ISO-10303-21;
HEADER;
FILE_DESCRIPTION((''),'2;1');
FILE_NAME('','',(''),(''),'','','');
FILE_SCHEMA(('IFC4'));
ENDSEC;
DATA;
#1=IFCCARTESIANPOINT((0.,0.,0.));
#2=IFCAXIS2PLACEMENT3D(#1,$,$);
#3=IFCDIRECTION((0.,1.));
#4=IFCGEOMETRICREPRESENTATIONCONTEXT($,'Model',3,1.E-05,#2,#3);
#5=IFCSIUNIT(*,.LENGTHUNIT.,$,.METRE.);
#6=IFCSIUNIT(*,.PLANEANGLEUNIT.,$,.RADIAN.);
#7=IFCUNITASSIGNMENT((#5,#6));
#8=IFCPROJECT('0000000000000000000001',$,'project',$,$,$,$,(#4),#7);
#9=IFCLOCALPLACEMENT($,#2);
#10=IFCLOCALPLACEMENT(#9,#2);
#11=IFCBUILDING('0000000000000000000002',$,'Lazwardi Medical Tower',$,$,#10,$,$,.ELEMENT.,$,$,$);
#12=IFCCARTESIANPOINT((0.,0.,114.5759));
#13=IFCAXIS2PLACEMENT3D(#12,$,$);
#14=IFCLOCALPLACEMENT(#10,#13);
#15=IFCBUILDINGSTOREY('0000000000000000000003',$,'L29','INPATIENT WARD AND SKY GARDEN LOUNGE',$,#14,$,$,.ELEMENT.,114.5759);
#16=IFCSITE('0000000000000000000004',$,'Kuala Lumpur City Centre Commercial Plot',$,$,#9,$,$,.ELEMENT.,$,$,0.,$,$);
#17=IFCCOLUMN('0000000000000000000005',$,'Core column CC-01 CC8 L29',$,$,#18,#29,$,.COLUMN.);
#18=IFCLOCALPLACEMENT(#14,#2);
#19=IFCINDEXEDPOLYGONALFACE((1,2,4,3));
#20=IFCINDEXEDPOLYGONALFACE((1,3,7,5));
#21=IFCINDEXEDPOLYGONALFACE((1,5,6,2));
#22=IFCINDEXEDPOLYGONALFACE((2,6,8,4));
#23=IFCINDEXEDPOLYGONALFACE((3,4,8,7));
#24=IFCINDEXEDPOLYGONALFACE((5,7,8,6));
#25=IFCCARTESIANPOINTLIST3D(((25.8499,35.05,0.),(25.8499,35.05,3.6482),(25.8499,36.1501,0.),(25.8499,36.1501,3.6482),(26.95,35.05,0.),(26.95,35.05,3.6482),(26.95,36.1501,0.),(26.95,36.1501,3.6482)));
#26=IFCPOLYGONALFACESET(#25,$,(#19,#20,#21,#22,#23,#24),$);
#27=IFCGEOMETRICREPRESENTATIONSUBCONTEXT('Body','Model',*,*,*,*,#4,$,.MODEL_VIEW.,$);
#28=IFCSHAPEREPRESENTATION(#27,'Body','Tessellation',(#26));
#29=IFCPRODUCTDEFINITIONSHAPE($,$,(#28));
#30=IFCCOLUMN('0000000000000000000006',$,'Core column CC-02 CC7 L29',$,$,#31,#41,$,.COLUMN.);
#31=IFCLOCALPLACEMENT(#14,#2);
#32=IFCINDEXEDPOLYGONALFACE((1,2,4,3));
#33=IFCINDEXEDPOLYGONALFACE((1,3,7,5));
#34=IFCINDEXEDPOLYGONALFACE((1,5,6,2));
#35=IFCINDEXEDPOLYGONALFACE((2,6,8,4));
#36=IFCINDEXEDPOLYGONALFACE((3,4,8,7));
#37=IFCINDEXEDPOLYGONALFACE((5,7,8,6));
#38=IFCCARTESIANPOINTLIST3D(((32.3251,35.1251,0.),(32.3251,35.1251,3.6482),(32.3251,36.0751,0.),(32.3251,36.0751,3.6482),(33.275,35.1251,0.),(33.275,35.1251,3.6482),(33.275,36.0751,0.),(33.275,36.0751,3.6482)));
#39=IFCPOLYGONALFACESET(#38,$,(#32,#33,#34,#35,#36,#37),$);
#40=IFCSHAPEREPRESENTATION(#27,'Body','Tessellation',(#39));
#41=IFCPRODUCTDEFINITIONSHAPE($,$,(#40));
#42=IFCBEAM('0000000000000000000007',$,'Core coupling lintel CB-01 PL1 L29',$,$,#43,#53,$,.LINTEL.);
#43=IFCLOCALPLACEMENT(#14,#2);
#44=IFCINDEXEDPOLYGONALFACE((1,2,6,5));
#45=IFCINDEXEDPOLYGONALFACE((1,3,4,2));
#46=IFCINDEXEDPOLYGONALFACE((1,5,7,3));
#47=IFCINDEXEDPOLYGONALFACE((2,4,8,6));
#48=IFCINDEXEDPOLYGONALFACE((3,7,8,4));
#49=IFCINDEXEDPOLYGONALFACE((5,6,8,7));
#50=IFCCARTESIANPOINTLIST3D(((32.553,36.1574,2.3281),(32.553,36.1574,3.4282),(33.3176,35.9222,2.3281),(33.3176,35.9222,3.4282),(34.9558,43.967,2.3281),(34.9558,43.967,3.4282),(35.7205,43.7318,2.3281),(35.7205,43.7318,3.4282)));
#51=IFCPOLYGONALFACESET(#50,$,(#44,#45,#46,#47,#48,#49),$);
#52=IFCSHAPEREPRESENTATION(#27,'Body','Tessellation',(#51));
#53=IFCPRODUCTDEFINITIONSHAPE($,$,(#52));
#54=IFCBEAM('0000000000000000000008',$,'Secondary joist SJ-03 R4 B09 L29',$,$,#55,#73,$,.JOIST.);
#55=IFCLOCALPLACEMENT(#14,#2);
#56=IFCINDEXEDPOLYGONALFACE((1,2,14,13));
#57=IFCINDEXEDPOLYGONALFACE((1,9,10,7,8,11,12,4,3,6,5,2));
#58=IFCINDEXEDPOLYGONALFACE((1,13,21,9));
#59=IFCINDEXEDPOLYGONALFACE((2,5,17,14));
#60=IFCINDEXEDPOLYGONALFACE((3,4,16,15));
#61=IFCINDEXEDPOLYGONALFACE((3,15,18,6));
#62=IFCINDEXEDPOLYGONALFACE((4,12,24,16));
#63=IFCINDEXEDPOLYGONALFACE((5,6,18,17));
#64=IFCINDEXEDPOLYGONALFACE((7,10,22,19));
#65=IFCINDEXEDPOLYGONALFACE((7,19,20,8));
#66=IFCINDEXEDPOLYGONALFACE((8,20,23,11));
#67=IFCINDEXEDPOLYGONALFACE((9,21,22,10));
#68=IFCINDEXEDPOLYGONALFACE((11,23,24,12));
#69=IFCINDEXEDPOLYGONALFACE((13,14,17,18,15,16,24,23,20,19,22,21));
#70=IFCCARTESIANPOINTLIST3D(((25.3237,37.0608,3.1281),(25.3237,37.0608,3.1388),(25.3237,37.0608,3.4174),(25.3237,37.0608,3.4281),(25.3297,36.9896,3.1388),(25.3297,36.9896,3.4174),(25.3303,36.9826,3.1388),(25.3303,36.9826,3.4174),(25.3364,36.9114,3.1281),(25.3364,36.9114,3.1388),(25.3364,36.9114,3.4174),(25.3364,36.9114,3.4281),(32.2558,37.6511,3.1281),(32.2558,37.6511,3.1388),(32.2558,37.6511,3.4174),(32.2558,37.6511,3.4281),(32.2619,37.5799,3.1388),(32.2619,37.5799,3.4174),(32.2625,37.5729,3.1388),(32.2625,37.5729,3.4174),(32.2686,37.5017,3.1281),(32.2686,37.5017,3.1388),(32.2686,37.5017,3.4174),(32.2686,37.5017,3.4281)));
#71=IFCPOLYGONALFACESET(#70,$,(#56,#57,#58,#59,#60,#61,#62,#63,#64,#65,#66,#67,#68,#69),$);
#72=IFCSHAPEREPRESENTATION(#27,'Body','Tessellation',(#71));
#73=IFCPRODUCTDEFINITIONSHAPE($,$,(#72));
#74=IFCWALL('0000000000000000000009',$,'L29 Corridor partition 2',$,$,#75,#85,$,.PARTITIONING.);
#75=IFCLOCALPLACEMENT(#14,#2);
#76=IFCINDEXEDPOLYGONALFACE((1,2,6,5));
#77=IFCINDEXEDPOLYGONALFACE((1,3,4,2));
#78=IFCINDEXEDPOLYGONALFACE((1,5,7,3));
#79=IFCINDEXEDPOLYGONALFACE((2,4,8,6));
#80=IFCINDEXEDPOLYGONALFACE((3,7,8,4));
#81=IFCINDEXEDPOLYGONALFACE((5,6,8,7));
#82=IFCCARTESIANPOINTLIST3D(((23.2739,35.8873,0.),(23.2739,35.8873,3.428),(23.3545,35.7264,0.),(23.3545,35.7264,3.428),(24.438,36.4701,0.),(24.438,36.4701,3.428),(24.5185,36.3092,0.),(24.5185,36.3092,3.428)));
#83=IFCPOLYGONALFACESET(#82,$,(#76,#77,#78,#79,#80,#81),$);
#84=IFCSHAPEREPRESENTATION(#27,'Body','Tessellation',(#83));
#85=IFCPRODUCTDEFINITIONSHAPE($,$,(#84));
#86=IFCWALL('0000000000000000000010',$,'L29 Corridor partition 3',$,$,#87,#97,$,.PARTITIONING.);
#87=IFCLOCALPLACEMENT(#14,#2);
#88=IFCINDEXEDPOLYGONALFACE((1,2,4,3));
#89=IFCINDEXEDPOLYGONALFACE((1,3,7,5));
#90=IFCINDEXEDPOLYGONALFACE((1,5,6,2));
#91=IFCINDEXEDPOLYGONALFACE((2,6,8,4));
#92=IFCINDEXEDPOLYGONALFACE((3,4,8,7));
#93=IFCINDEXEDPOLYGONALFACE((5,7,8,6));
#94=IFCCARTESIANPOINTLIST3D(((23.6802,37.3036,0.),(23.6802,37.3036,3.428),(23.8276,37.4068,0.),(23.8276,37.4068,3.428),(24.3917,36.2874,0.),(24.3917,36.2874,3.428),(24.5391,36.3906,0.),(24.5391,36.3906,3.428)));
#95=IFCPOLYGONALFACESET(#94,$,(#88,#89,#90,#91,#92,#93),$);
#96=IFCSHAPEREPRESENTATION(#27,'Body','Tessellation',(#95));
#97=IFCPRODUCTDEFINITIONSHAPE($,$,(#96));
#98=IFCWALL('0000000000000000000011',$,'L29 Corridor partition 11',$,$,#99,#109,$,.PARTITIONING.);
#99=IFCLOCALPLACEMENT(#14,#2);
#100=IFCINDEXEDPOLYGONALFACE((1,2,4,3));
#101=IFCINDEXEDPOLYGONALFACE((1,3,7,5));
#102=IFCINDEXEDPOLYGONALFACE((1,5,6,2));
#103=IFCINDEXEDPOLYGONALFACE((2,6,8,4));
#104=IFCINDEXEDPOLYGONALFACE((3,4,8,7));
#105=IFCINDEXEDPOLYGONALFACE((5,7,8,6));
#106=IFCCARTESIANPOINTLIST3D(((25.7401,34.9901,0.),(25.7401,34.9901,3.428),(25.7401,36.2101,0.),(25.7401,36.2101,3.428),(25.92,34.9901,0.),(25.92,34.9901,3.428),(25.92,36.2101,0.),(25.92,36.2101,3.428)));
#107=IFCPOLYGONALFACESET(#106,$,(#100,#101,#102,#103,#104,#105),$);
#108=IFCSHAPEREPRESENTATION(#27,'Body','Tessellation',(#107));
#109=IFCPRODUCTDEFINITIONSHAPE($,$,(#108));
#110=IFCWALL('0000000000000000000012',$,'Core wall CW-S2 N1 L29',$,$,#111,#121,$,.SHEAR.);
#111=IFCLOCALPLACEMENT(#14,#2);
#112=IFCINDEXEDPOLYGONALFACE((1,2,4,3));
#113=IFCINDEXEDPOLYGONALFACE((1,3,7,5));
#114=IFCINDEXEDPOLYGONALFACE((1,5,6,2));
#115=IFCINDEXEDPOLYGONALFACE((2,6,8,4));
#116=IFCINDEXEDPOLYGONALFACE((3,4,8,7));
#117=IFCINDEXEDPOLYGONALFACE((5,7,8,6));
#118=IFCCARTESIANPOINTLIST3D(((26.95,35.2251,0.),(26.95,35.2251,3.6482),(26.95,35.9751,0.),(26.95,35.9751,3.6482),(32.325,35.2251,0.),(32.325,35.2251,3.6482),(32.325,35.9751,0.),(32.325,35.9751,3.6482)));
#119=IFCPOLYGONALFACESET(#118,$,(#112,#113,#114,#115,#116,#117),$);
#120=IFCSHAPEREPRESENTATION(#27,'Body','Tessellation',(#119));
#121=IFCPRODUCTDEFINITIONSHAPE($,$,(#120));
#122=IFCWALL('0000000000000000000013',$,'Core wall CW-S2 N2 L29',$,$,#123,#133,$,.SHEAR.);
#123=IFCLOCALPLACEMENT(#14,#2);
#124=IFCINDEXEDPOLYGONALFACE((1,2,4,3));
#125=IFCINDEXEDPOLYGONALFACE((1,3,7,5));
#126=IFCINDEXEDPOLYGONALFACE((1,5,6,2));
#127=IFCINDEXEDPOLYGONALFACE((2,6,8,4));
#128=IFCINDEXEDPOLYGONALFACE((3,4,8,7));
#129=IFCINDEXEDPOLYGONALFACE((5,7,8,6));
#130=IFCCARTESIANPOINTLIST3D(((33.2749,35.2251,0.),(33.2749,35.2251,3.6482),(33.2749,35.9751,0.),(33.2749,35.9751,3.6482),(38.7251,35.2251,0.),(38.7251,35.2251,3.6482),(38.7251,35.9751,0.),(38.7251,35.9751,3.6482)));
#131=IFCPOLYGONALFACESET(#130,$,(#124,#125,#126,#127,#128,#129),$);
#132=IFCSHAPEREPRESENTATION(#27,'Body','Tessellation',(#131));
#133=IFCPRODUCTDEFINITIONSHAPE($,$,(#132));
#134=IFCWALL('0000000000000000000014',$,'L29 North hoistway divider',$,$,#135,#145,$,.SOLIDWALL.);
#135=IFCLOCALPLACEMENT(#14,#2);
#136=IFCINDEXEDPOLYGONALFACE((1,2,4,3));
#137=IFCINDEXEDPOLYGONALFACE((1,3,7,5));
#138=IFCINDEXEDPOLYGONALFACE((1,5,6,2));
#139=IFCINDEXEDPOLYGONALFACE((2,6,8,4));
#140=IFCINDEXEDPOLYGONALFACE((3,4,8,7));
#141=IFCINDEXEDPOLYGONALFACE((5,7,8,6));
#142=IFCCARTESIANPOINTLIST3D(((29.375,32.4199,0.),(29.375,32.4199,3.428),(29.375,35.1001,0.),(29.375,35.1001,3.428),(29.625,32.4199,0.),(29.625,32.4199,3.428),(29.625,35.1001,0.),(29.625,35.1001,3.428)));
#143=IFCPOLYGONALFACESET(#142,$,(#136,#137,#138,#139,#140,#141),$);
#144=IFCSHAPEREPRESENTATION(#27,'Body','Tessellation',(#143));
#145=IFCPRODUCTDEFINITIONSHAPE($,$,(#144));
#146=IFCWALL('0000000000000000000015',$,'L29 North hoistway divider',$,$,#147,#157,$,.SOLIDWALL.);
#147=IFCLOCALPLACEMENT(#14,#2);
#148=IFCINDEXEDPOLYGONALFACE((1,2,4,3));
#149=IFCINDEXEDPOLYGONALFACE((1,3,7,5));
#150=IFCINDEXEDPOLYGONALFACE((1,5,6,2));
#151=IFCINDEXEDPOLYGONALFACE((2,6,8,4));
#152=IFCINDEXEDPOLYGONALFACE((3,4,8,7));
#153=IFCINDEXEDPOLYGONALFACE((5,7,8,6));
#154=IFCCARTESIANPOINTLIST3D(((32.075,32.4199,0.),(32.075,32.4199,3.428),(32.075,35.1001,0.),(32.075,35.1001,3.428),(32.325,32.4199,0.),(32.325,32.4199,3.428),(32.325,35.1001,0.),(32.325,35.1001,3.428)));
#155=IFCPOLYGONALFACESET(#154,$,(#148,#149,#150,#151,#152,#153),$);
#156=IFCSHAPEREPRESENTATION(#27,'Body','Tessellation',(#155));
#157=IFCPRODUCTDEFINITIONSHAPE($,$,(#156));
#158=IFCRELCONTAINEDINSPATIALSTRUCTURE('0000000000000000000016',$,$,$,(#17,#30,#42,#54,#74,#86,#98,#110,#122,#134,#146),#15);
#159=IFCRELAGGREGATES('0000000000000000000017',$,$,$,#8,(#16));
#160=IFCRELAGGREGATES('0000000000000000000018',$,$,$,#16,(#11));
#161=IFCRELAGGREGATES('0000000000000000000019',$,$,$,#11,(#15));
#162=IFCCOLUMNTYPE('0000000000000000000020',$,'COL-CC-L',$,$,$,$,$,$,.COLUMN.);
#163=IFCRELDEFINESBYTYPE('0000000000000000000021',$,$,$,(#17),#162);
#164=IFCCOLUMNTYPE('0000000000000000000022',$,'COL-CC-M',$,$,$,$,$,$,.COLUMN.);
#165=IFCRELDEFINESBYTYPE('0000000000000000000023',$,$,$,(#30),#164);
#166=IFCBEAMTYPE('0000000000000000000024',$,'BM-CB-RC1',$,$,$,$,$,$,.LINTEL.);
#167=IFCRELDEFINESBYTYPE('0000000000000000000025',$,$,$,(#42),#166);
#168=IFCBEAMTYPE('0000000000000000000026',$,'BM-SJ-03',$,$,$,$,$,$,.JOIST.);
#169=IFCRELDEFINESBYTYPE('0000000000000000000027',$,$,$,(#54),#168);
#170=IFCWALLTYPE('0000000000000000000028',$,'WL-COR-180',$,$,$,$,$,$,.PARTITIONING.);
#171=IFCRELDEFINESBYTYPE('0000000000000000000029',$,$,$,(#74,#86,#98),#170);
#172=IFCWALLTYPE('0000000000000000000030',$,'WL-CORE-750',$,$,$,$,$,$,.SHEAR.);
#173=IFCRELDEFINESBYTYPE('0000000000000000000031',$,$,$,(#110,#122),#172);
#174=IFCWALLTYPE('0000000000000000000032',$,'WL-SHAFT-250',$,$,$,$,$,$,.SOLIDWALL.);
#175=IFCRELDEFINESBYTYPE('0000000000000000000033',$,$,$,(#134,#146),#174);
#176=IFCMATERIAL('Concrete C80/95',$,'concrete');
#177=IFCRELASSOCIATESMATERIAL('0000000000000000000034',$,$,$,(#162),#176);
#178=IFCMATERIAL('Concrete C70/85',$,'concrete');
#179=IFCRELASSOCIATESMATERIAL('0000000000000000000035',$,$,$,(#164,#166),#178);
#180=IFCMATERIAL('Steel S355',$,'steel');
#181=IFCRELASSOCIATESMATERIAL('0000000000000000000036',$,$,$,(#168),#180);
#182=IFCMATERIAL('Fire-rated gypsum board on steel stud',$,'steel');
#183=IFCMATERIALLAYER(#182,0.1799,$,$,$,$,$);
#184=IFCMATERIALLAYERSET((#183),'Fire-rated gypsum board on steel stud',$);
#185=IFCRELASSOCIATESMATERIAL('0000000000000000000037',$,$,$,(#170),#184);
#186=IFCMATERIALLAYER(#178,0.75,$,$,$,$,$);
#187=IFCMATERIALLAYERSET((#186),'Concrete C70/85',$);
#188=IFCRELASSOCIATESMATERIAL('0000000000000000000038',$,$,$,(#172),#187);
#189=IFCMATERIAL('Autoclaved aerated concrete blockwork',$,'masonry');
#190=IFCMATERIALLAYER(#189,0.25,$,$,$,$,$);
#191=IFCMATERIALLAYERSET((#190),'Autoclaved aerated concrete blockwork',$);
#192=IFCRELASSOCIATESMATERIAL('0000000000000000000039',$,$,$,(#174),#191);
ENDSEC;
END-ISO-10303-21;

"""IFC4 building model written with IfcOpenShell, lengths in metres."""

from ifc_helpers import new_model, si_unit, direction, frame, frame_2d, origin, origin_2d, place, context, subcontext, project, spatial, rectangle, i_section, extrude, material, layer, layer_set, material_profile, profile_set, type_object, element, save


model = new_model("IFC4")

# Units and contexts
model_context = context("Model", 3, precision=1e-05, world=origin(), true_north=direction((0.0, 1.0)))
body_context = subcontext(model_context, "Body", "Model", "MODEL_VIEW")
ifc_project = project(units=[si_unit("LENGTHUNIT", "METRE"), si_unit("PLANEANGLEUNIT", "RADIAN")], contexts=[model_context])

# Site, building, storey
site_placement = place(None, origin())
site = spatial("IfcSite", under=ifc_project, at=site_placement, Name="Kuala Lumpur City Centre Commercial Plot", CompositionType="ELEMENT", RefElevation=0.0)
building_placement = place(site_placement, origin())
building = spatial("IfcBuilding", under=site, at=building_placement, Name="Lazwardi Medical Tower", CompositionType="ELEMENT")
storey_placement = place(building_placement, frame((0.0, 0.0, 114.5759)))
storey = spatial("IfcBuildingStorey", under=building, at=storey_placement, Name="L29", Description="INPATIENT WARD AND SKY GARDEN LOUNGE", CompositionType="ELEMENT", Elevation=114.5759)

# Columns
ifc_material_1 = material(Name="Concrete C80/95", Category="concrete")
ifc_material_profile_1 = material_profile(ifc_material_1, rectangle(XDim=1.1001, YDim=1.1001, at=origin_2d()), Name="RC 1100x1100")
ifc_profile_set_1 = profile_set([ifc_material_profile_1], Name="Concrete C80/95")
column_type_1 = type_object("IfcColumnType", Name="COL-CC-L", PredefinedType="COLUMN", material=ifc_profile_set_1)
column_1_placement = place(storey_placement, frame((26.3999, 35.6001, 0.0), z_axis=(0.0, 0.0, 1.0), x_axis=(1.0, 0.0, 0.0)))
element("IfcColumn", 1, at=column_1_placement, inside=storey, type_object=column_type_1, Name="Core column CC-01 CC8 L29", PredefinedType="COLUMN", context=body_context, shape_type="SweptSolid", body=[
    extrude(rectangle(XDim=1.1001, YDim=1.1001, at=origin_2d()), origin(), (0.0, 0.0, 1.0), 3.6482),
])
ifc_material_2 = material(Name="Concrete C70/85", Category="concrete")
ifc_material_profile_2 = material_profile(ifc_material_2, rectangle(XDim=0.95, YDim=0.95, at=origin_2d()), Name="RC 950x950")
ifc_profile_set_2 = profile_set([ifc_material_profile_2], Name="Concrete C70/85")
column_type_2 = type_object("IfcColumnType", Name="COL-CC-M", PredefinedType="COLUMN", material=ifc_profile_set_2)
column_2_placement = place(storey_placement, frame((32.8, 35.6001, 0.0), z_axis=(0.0, 0.0, 1.0), x_axis=(1.0, 0.0, 0.0)))
element("IfcColumn", 2, at=column_2_placement, inside=storey, type_object=column_type_2, Name="Core column CC-02 CC7 L29", PredefinedType="COLUMN", context=body_context, shape_type="SweptSolid", body=[
    extrude(rectangle(XDim=0.95, YDim=0.95, at=origin_2d()), origin(), (0.0, 0.0, 1.0), 3.6482),
])

# Beams
ifc_material_profile_3 = material_profile(ifc_material_2, rectangle(XDim=0.8, YDim=1.1001, at=origin_2d()), Name="RC 800x1100")
ifc_profile_set_3 = profile_set([ifc_material_profile_3], Name="Concrete C70/85")
beam_type_1 = type_object("IfcBeamType", Name="BM-CB-RC1", PredefinedType="LINTEL", material=ifc_profile_set_3)
beam_1_placement = place(storey_placement, frame((32.9353, 36.0398, 2.8782), z_axis=(0.294073, 0.955783, 0.0), x_axis=(-0.955783, 0.294073, 0.0)))
element("IfcBeam", 3, at=beam_1_placement, inside=storey, type_object=beam_type_1, Name="Core coupling lintel CB-01 PL1 L29", PredefinedType="LINTEL", context=body_context, shape_type="SweptSolid", body=[
    extrude(rectangle(XDim=0.8, YDim=1.1001, at=origin_2d()), origin(), (0.0, 0.0, 1.0), 8.1709),
])
ifc_material_3 = material(Name="Steel S355", Category="steel")
ifc_material_profile_4 = material_profile(ifc_material_3, i_section(OverallWidth=0.1499, OverallDepth=0.3, WebThickness=0.0071, FlangeThickness=0.0107, at=origin_2d()), Name="IPE 300")
ifc_profile_set_4 = profile_set([ifc_material_profile_4], Name="Steel S355")
beam_type_2 = type_object("IfcBeamType", Name="BM-SJ-03", PredefinedType="JOIST", material=ifc_profile_set_4)
beam_2_placement = place(storey_placement, frame((32.2622, 37.5764, 3.2781), z_axis=(-0.996394, -0.084852, 0.0), x_axis=(0.084852, -0.996394, 0.0)))
element("IfcBeam", 4, at=beam_2_placement, inside=storey, type_object=beam_type_2, Name="Secondary joist SJ-03 R4 B09 L29", PredefinedType="JOIST", context=body_context, shape_type="SweptSolid", body=[
    extrude(i_section(OverallWidth=0.1499, OverallDepth=0.3, WebThickness=0.0071, FlangeThickness=0.0107, at=origin_2d()), origin(), (0.0, 0.0, 1.0), 6.9573),
])

# Walls
ifc_material_4 = material(Name="Fire-rated gypsum board on steel stud", Category="steel")
ifc_layer_1 = layer(ifc_material_4, 0.1799)
ifc_layer_set_1 = layer_set([ifc_layer_1], Name="Fire-rated gypsum board on steel stud")
wall_type_1 = type_object("IfcWallType", Name="WL-COR-180", PredefinedType="PARTITIONING", material=ifc_layer_set_1)
wall_1_placement = place(storey_placement, frame((23.3142, 35.8069, 0.0), z_axis=(0.0, 0.0, 1.0), x_axis=(0.894202, 0.447664, 0.0)))
element("IfcWall", 5, at=wall_1_placement, inside=storey, type_object=wall_type_1, Name="L29 Corridor partition 2", PredefinedType="PARTITIONING", context=body_context, shape_type="SweptSolid", body=[
    extrude(rectangle(XDim=1.3018, YDim=0.1799, at=frame_2d((0.6509, 0.0))), origin(), (0.0, 0.0, 1.0), 3.428),
])
wall_2_placement = place(storey_placement, frame((24.4653, 36.3391, 0.0), z_axis=(0.0, 0.0, 1.0), x_axis=(-0.573542, 0.819176, 0.0)))
element("IfcWall", 6, at=wall_2_placement, inside=storey, type_object=wall_type_1, Name="L29 Corridor partition 3", PredefinedType="PARTITIONING", context=body_context, shape_type="SweptSolid", body=[
    extrude(rectangle(XDim=1.2405, YDim=0.1799, at=frame_2d((0.6201, 0.0))), origin(), (0.0, 0.0, 1.0), 3.428),
])
wall_3_placement = place(storey_placement, frame((25.8301, 36.21, 0.0), z_axis=(0.0, 0.0, 1.0), x_axis=(0.0, -1.0, 0.0)))
element("IfcWall", 7, at=wall_3_placement, inside=storey, type_object=wall_type_1, Name="L29 Corridor partition 11", PredefinedType="PARTITIONING", context=body_context, shape_type="SweptSolid", body=[
    extrude(rectangle(XDim=1.22, YDim=0.1799, at=frame_2d((0.6099, 0.0))), origin(), (0.0, 0.0, 1.0), 3.428),
])
ifc_layer_2 = layer(ifc_material_2, 0.75)
ifc_layer_set_2 = layer_set([ifc_layer_2], Name="Concrete C70/85")
wall_type_2 = type_object("IfcWallType", Name="WL-CORE-750", PredefinedType="SHEAR", material=ifc_layer_set_2)
wall_4_placement = place(storey_placement, frame((26.95, 35.6001, 0.0), z_axis=(0.0, 0.0, 1.0), x_axis=(1.0, 0.0, 0.0)))
element("IfcWall", 8, at=wall_4_placement, inside=storey, type_object=wall_type_2, Name="Core wall CW-S2 N1 L29", PredefinedType="SHEAR", context=body_context, shape_type="SweptSolid", body=[
    extrude(rectangle(XDim=5.375, YDim=0.75, at=frame_2d((2.6875, 0.0))), origin(), (0.0, 0.0, 1.0), 3.6482),
])
wall_5_placement = place(storey_placement, frame((33.2749, 35.6001, 0.0), z_axis=(0.0, 0.0, 1.0), x_axis=(1.0, 0.0, 0.0)))
element("IfcWall", 9, at=wall_5_placement, inside=storey, type_object=wall_type_2, Name="Core wall CW-S2 N2 L29", PredefinedType="SHEAR", context=body_context, shape_type="SweptSolid", body=[
    extrude(rectangle(XDim=5.4502, YDim=0.75, at=frame_2d((2.7251, 0.0))), origin(), (0.0, 0.0, 1.0), 3.6482),
])
ifc_material_5 = material(Name="Autoclaved aerated concrete blockwork", Category="masonry")
ifc_layer_3 = layer(ifc_material_5, 0.25)
ifc_layer_set_3 = layer_set([ifc_layer_3], Name="Autoclaved aerated concrete blockwork")
wall_type_3 = type_object("IfcWallType", Name="WL-SHAFT-250", PredefinedType="SOLIDWALL", material=ifc_layer_set_3)
for number, where, z_axis, x_axis, name in (
    (10, (29.5, 32.4199, 0.0), (0.0, 0.0, 1.0), (0.0, 1.0, 0.0), "L29 North hoistway divider"),
    (11, (32.2, 32.4199, 0.0), (0.0, 0.0, 1.0), (0.0, 1.0, 0.0), "L29 North hoistway divider"),
):
    element("IfcWall", number, at=place(storey_placement, frame(where, z_axis=z_axis, x_axis=x_axis)), inside=storey, type_object=wall_type_3, Name=name, PredefinedType="SOLIDWALL", context=body_context, shape_type="SweptSolid", body=[
        extrude(rectangle(XDim=2.6802, YDim=0.25, at=frame_2d((1.3401, 0.0))), origin(), (0.0, 0.0, 1.0), 3.428),
    ])

save(model, "model.ifc")
